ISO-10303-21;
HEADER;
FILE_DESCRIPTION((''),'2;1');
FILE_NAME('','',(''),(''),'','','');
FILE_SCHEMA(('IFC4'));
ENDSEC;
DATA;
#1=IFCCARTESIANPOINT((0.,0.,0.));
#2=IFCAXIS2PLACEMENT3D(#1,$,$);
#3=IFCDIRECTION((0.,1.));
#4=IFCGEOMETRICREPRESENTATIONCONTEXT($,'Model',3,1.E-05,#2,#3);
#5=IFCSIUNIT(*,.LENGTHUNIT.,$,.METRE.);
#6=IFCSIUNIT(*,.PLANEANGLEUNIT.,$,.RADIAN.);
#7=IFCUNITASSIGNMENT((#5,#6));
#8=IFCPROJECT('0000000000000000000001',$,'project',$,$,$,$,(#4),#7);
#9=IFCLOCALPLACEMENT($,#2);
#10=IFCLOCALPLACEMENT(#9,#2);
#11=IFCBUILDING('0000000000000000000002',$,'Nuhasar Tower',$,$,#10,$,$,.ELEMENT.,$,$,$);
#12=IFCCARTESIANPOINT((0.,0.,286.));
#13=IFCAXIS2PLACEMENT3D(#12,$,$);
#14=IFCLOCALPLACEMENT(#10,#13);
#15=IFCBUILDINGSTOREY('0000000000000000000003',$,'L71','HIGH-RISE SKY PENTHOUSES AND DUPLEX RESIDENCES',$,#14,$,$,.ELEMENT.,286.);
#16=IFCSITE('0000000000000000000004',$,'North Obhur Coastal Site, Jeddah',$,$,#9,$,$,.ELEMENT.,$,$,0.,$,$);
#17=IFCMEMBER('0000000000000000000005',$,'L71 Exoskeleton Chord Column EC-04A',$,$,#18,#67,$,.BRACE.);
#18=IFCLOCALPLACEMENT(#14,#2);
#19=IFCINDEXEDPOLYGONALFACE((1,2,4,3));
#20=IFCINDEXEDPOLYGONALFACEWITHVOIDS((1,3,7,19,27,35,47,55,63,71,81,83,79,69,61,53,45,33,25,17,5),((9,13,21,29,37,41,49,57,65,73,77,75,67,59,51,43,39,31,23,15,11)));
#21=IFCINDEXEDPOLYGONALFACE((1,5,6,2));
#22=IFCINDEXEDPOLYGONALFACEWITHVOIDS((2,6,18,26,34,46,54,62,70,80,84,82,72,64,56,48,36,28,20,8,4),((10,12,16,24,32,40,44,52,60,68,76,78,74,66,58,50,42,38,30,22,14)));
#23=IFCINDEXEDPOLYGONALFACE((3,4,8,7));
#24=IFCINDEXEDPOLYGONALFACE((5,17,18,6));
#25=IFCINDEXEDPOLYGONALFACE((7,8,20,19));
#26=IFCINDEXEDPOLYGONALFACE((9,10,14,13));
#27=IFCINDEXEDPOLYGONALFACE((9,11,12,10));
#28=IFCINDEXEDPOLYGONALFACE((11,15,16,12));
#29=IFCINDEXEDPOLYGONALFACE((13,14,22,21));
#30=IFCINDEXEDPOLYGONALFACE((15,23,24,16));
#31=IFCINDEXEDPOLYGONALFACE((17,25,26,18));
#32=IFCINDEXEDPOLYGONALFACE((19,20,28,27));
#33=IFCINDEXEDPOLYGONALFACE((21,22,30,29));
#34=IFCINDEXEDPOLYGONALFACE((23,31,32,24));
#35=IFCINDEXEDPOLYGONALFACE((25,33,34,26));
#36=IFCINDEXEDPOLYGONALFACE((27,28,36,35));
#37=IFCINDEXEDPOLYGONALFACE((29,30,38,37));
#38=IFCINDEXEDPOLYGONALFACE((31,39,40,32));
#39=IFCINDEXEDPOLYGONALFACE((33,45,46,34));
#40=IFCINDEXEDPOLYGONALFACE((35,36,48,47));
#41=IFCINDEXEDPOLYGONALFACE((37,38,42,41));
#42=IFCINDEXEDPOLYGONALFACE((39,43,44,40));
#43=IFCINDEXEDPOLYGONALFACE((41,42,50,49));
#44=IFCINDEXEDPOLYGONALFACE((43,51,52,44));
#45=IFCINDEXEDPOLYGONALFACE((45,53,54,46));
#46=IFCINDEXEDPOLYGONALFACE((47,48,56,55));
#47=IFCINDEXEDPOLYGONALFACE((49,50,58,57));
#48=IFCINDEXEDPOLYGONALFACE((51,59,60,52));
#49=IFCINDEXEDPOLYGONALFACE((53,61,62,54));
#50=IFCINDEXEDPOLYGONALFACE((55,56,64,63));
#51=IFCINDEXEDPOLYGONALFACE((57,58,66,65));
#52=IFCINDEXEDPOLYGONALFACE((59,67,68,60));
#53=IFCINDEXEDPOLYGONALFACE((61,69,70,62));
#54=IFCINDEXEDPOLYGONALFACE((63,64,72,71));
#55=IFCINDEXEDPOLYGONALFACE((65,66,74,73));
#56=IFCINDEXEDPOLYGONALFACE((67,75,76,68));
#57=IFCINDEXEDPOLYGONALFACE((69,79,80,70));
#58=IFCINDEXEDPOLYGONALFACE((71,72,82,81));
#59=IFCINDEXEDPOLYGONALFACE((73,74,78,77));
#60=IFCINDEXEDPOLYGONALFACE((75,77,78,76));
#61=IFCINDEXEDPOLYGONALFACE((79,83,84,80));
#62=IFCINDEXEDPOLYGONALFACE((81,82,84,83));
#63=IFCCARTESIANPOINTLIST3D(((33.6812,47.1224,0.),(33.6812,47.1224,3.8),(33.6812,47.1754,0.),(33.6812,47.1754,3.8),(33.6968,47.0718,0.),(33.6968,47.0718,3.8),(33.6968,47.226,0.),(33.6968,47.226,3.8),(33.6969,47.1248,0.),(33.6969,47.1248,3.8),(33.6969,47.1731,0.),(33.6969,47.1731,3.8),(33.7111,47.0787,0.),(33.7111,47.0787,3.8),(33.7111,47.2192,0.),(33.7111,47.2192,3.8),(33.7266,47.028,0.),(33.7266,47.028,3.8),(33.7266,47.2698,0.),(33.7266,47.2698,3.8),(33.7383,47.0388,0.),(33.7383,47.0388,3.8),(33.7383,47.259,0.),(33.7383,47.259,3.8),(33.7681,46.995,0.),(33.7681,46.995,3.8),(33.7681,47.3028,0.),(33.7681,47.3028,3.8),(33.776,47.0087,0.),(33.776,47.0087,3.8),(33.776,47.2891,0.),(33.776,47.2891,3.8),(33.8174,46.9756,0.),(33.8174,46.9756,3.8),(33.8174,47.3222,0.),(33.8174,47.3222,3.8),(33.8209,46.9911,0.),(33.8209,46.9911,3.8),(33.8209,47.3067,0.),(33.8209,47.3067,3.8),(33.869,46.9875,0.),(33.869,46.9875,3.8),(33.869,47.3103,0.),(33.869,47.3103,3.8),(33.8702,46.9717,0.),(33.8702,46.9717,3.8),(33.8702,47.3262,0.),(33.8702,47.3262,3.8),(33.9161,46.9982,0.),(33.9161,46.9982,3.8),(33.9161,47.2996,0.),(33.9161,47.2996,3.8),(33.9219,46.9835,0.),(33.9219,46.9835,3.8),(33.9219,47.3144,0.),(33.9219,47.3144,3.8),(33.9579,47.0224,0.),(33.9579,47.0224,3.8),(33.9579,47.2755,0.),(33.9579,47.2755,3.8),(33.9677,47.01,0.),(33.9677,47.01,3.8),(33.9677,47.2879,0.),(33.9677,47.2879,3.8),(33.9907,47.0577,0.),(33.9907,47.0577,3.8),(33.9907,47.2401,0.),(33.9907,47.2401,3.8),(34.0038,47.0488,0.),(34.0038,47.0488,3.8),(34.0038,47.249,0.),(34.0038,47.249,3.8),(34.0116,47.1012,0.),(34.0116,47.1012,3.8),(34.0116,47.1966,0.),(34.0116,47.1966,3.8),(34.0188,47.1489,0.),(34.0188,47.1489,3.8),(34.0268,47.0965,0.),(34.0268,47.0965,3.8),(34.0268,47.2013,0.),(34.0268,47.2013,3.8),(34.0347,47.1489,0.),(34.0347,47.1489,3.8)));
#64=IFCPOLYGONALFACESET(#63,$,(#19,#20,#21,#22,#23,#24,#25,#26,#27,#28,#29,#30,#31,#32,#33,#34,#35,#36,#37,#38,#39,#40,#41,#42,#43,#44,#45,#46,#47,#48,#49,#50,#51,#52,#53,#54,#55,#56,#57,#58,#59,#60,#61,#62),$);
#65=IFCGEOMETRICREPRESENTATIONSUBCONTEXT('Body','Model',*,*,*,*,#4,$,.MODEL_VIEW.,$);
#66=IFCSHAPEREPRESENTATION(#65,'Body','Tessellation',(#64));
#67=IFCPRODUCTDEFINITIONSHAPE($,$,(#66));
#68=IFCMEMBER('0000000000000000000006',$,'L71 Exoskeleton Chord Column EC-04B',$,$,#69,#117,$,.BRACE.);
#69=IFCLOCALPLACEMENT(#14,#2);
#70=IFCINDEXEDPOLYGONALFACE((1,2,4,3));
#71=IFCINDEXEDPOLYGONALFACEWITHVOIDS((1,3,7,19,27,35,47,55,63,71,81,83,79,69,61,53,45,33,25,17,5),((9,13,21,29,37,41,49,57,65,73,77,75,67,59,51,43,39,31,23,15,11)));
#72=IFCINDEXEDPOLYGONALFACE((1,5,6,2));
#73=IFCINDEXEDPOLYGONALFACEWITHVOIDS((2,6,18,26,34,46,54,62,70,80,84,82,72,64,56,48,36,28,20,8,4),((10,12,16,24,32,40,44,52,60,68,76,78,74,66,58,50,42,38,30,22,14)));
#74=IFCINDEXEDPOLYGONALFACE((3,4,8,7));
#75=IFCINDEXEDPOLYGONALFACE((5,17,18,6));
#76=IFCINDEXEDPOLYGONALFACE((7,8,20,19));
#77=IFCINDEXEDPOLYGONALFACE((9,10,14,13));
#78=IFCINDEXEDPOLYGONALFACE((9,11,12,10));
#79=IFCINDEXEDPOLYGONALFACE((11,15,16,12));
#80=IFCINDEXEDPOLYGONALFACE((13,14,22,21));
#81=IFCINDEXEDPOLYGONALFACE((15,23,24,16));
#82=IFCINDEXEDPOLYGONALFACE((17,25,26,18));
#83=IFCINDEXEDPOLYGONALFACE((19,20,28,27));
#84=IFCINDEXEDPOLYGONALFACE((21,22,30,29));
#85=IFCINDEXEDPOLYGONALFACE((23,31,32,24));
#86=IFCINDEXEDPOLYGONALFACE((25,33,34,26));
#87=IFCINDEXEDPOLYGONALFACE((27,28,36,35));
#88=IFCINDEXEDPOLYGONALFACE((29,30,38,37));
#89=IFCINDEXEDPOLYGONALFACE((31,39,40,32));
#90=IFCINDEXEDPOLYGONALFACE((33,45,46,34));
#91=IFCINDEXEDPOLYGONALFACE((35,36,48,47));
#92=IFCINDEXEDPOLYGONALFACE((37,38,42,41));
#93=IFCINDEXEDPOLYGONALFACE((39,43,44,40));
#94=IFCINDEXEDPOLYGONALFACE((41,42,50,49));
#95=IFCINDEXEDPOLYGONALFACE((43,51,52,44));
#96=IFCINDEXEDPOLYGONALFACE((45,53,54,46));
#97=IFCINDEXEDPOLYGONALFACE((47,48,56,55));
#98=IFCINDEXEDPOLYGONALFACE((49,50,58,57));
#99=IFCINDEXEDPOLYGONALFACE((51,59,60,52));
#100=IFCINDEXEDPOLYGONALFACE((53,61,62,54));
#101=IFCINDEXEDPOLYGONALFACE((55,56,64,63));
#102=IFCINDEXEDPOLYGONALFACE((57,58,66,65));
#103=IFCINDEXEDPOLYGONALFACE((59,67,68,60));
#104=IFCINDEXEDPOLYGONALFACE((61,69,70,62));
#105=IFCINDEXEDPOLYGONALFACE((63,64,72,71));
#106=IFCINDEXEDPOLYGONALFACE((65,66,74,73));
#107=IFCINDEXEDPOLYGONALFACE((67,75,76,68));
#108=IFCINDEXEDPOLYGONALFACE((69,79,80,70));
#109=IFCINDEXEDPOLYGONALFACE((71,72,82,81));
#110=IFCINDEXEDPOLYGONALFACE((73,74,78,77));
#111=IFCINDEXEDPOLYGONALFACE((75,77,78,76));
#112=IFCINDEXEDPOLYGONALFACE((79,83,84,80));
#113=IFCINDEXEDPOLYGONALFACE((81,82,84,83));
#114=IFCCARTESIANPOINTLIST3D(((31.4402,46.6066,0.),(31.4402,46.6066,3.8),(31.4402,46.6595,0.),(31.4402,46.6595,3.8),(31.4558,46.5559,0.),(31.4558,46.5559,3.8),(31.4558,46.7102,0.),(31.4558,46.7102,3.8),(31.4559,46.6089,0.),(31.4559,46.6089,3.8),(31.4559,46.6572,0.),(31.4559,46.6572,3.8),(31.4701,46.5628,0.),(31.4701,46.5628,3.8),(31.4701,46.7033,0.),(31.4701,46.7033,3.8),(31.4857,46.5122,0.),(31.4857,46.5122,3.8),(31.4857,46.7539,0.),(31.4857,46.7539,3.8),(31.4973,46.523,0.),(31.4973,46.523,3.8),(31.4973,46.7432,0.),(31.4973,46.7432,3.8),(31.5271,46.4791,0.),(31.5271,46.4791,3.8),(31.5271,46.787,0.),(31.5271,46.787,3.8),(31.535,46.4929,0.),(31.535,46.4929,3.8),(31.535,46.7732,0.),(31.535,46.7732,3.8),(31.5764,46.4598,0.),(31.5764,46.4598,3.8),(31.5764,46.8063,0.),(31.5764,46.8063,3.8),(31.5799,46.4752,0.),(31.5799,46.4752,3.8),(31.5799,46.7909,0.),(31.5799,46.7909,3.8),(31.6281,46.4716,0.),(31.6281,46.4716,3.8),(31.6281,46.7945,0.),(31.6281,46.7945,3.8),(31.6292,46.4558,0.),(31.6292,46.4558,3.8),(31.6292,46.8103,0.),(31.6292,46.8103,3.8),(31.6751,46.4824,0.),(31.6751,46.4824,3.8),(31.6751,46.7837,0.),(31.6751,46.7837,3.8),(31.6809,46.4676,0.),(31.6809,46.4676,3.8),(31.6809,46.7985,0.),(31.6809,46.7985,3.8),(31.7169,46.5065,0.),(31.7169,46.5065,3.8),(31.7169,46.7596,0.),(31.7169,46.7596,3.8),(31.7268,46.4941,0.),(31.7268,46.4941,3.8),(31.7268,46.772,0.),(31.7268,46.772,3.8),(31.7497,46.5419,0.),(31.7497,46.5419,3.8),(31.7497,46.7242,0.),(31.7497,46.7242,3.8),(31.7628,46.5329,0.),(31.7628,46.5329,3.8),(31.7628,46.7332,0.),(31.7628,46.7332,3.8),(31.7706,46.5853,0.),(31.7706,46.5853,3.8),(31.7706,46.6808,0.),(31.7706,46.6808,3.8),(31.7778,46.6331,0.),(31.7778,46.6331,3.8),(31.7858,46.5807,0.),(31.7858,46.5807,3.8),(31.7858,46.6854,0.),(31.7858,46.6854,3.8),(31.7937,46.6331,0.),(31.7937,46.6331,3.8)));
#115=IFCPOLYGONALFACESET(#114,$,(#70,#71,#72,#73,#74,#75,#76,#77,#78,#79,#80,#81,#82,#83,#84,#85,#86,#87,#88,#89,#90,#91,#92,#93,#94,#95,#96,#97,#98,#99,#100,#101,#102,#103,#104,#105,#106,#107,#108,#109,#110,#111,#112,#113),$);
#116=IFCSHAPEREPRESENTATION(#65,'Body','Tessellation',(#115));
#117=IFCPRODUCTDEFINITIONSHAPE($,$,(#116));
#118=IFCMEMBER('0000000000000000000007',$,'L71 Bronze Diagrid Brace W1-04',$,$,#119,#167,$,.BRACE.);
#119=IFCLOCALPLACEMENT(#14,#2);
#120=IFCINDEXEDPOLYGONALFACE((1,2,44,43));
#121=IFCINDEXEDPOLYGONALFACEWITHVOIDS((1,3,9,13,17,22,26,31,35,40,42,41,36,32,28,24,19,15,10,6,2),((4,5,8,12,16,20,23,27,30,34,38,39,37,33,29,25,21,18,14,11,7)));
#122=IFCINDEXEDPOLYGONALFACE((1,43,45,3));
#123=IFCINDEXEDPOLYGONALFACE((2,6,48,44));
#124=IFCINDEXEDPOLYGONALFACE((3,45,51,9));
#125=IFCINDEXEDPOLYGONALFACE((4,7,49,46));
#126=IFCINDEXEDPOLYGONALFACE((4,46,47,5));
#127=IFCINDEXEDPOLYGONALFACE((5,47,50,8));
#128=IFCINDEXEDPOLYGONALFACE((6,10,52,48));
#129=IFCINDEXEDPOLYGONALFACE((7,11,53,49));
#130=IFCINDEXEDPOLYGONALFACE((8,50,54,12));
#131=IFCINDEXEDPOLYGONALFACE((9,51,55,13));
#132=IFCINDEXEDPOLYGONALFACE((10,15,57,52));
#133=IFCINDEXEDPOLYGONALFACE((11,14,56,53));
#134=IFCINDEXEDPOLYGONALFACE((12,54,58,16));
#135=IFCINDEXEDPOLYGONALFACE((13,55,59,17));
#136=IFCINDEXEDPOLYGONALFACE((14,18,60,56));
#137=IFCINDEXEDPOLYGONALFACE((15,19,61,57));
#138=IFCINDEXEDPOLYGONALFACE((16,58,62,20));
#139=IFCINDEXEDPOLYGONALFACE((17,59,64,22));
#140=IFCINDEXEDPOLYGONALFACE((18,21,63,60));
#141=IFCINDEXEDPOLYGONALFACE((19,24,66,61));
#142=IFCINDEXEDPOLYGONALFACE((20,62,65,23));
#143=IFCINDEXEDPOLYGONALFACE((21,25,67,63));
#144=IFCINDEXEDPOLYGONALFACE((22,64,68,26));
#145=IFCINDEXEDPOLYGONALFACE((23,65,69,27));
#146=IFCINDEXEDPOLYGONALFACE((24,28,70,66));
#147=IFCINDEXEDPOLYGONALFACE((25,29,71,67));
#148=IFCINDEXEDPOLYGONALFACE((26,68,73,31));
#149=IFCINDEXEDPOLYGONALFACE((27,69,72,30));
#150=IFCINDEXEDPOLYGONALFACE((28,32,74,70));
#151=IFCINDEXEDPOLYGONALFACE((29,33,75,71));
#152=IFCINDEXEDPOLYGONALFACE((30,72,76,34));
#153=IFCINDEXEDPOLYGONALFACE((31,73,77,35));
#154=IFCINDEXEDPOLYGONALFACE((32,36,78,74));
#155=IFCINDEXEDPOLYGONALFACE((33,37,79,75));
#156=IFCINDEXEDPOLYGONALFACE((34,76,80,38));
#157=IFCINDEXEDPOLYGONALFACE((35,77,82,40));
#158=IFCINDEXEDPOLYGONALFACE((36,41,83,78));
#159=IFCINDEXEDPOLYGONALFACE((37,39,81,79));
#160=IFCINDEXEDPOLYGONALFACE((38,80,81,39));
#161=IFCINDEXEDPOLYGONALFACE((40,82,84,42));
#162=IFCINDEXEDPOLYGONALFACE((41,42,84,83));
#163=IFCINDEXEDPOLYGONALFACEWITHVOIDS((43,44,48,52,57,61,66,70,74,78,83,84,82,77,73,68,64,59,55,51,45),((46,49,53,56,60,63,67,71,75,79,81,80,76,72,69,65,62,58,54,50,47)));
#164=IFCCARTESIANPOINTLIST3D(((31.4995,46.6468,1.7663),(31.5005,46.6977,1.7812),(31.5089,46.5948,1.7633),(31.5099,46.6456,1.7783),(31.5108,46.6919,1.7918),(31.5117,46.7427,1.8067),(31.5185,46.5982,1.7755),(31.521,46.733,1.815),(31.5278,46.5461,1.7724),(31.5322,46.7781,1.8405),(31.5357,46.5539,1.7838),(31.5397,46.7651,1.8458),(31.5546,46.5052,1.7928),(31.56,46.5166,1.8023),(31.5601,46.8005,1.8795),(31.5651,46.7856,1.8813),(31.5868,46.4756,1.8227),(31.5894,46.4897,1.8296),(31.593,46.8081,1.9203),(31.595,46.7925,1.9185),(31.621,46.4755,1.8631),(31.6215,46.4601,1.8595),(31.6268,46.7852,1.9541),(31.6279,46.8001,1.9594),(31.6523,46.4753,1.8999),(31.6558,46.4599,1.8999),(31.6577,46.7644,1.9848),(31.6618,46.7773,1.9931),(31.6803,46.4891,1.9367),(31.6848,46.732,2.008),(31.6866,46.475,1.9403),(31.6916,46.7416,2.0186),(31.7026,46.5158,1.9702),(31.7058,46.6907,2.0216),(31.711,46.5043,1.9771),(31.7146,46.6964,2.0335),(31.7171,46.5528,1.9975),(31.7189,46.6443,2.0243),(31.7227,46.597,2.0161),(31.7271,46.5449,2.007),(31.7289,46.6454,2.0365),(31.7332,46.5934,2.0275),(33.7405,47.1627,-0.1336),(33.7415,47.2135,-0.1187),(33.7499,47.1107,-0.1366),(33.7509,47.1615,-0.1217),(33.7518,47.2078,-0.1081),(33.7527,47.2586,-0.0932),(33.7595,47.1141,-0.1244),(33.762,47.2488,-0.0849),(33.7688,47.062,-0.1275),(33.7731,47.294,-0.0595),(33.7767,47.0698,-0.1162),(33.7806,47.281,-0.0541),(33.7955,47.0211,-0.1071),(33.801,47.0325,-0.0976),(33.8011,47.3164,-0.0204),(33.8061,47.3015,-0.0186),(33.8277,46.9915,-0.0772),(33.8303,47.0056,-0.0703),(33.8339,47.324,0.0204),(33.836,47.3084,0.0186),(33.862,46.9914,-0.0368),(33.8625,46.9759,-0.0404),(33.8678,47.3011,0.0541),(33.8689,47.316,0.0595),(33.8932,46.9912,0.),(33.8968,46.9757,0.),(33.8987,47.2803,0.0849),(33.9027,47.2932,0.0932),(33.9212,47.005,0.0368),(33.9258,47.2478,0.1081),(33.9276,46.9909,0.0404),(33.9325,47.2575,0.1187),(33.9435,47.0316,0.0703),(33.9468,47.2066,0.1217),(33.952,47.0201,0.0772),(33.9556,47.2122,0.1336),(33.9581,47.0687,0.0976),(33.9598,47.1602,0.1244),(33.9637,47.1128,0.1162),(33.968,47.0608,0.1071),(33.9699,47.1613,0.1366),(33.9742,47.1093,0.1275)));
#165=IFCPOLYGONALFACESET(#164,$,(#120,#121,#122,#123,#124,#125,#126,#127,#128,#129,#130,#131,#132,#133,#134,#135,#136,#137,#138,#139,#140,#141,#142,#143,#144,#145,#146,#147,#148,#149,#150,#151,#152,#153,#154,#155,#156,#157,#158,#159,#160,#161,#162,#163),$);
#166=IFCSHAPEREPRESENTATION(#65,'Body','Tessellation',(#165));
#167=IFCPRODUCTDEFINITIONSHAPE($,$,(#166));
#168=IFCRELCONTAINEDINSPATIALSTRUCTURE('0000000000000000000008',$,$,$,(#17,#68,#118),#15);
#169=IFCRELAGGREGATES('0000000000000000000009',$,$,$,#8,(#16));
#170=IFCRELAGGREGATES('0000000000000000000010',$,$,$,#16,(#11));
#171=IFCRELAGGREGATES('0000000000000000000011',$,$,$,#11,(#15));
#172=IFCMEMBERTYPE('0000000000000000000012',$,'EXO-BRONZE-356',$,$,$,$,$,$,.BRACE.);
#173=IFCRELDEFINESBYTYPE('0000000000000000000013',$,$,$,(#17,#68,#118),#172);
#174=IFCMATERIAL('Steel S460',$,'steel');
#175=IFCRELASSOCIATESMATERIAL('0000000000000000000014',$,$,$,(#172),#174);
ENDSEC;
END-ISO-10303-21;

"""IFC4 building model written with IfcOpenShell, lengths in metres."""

from ifc_helpers import new_model, si_unit, direction, frame, origin, origin_2d, place, context, subcontext, project, spatial, hollow_circle, extrude, material, material_profile, profile_set, type_object, element, save


model = new_model("IFC4")

# Units and contexts
model_context = context("Model", 3, precision=1e-05, world=origin(), true_north=direction((0.0, 1.0)))
body_context = subcontext(model_context, "Body", "Model", "MODEL_VIEW")
ifc_project = project(units=[si_unit("LENGTHUNIT", "METRE"), si_unit("PLANEANGLEUNIT", "RADIAN")], contexts=[model_context])

# Site, building, storey
site_placement = place(None, origin())
site = spatial("IfcSite", under=ifc_project, at=site_placement, Name="North Obhur Coastal Site, Jeddah", CompositionType="ELEMENT", RefElevation=0.0)
building_placement = place(site_placement, origin())
building = spatial("IfcBuilding", under=site, at=building_placement, Name="Nuhasar Tower", CompositionType="ELEMENT")
storey_placement = place(building_placement, frame((0.0, 0.0, 286.0)))
storey = spatial("IfcBuildingStorey", under=building, at=storey_placement, Name="L71", Description="HIGH-RISE SKY PENTHOUSES AND DUPLEX RESIDENCES", CompositionType="ELEMENT", Elevation=286.0)

# Members
ifc_material_1 = material(Name="Steel S460", Category="steel")
ifc_material_profile_1 = material_profile(ifc_material_1, hollow_circle(Radius=0.1777, WallThickness=0.0159, at=origin_2d()), Name="HSS355.6X15.9")
ifc_profile_set_1 = profile_set([ifc_material_profile_1], Name="Steel S460")
member_type = type_object("IfcMemberType", Name="EXO-BRONZE-356", PredefinedType="BRACE", material=ifc_profile_set_1)
for number, where, z_axis, x_axis, name in (
    (1, (33.8569, 47.1489, 0.0), (0.0, 0.0, 1.0), (1.0, 0.0, 0.0), "L71 Exoskeleton Chord Column EC-04A"),
    (2, (31.616, 46.6331, 0.0), (0.0, 0.0, 1.0), (1.0, 0.0, 0.0), "L71 Exoskeleton Chord Column EC-04B"),
):
    element("IfcMember", number, at=place(storey_placement, frame(where, z_axis=z_axis, x_axis=x_axis)), inside=storey, type_object=member_type, Name=name, PredefinedType="BRACE", context=body_context, shape_type="SweptSolid", body=[
        extrude(hollow_circle(Radius=0.1777, WallThickness=0.0159, at=origin_2d()), origin(), (0.0, 0.0, 1.0), 3.8),
    ])
member_1_placement = place(storey_placement, frame((33.8569, 47.1489, 0.0), z_axis=(-0.751272, -0.172942, 0.636932), x_axis=(0.224332, -0.974513, 0.0)))
element("IfcMember", 3, at=member_1_placement, inside=storey, type_object=member_type, Name="L71 Bronze Diagrid Brace W1-04", PredefinedType="BRACE", context=body_context, shape_type="SweptSolid", body=[
    extrude(hollow_circle(Radius=0.1777, WallThickness=0.0159, at=origin_2d()), origin(), (0.0, 0.0, 1.0), 2.9829),
])

save(model, "model.ifc")
